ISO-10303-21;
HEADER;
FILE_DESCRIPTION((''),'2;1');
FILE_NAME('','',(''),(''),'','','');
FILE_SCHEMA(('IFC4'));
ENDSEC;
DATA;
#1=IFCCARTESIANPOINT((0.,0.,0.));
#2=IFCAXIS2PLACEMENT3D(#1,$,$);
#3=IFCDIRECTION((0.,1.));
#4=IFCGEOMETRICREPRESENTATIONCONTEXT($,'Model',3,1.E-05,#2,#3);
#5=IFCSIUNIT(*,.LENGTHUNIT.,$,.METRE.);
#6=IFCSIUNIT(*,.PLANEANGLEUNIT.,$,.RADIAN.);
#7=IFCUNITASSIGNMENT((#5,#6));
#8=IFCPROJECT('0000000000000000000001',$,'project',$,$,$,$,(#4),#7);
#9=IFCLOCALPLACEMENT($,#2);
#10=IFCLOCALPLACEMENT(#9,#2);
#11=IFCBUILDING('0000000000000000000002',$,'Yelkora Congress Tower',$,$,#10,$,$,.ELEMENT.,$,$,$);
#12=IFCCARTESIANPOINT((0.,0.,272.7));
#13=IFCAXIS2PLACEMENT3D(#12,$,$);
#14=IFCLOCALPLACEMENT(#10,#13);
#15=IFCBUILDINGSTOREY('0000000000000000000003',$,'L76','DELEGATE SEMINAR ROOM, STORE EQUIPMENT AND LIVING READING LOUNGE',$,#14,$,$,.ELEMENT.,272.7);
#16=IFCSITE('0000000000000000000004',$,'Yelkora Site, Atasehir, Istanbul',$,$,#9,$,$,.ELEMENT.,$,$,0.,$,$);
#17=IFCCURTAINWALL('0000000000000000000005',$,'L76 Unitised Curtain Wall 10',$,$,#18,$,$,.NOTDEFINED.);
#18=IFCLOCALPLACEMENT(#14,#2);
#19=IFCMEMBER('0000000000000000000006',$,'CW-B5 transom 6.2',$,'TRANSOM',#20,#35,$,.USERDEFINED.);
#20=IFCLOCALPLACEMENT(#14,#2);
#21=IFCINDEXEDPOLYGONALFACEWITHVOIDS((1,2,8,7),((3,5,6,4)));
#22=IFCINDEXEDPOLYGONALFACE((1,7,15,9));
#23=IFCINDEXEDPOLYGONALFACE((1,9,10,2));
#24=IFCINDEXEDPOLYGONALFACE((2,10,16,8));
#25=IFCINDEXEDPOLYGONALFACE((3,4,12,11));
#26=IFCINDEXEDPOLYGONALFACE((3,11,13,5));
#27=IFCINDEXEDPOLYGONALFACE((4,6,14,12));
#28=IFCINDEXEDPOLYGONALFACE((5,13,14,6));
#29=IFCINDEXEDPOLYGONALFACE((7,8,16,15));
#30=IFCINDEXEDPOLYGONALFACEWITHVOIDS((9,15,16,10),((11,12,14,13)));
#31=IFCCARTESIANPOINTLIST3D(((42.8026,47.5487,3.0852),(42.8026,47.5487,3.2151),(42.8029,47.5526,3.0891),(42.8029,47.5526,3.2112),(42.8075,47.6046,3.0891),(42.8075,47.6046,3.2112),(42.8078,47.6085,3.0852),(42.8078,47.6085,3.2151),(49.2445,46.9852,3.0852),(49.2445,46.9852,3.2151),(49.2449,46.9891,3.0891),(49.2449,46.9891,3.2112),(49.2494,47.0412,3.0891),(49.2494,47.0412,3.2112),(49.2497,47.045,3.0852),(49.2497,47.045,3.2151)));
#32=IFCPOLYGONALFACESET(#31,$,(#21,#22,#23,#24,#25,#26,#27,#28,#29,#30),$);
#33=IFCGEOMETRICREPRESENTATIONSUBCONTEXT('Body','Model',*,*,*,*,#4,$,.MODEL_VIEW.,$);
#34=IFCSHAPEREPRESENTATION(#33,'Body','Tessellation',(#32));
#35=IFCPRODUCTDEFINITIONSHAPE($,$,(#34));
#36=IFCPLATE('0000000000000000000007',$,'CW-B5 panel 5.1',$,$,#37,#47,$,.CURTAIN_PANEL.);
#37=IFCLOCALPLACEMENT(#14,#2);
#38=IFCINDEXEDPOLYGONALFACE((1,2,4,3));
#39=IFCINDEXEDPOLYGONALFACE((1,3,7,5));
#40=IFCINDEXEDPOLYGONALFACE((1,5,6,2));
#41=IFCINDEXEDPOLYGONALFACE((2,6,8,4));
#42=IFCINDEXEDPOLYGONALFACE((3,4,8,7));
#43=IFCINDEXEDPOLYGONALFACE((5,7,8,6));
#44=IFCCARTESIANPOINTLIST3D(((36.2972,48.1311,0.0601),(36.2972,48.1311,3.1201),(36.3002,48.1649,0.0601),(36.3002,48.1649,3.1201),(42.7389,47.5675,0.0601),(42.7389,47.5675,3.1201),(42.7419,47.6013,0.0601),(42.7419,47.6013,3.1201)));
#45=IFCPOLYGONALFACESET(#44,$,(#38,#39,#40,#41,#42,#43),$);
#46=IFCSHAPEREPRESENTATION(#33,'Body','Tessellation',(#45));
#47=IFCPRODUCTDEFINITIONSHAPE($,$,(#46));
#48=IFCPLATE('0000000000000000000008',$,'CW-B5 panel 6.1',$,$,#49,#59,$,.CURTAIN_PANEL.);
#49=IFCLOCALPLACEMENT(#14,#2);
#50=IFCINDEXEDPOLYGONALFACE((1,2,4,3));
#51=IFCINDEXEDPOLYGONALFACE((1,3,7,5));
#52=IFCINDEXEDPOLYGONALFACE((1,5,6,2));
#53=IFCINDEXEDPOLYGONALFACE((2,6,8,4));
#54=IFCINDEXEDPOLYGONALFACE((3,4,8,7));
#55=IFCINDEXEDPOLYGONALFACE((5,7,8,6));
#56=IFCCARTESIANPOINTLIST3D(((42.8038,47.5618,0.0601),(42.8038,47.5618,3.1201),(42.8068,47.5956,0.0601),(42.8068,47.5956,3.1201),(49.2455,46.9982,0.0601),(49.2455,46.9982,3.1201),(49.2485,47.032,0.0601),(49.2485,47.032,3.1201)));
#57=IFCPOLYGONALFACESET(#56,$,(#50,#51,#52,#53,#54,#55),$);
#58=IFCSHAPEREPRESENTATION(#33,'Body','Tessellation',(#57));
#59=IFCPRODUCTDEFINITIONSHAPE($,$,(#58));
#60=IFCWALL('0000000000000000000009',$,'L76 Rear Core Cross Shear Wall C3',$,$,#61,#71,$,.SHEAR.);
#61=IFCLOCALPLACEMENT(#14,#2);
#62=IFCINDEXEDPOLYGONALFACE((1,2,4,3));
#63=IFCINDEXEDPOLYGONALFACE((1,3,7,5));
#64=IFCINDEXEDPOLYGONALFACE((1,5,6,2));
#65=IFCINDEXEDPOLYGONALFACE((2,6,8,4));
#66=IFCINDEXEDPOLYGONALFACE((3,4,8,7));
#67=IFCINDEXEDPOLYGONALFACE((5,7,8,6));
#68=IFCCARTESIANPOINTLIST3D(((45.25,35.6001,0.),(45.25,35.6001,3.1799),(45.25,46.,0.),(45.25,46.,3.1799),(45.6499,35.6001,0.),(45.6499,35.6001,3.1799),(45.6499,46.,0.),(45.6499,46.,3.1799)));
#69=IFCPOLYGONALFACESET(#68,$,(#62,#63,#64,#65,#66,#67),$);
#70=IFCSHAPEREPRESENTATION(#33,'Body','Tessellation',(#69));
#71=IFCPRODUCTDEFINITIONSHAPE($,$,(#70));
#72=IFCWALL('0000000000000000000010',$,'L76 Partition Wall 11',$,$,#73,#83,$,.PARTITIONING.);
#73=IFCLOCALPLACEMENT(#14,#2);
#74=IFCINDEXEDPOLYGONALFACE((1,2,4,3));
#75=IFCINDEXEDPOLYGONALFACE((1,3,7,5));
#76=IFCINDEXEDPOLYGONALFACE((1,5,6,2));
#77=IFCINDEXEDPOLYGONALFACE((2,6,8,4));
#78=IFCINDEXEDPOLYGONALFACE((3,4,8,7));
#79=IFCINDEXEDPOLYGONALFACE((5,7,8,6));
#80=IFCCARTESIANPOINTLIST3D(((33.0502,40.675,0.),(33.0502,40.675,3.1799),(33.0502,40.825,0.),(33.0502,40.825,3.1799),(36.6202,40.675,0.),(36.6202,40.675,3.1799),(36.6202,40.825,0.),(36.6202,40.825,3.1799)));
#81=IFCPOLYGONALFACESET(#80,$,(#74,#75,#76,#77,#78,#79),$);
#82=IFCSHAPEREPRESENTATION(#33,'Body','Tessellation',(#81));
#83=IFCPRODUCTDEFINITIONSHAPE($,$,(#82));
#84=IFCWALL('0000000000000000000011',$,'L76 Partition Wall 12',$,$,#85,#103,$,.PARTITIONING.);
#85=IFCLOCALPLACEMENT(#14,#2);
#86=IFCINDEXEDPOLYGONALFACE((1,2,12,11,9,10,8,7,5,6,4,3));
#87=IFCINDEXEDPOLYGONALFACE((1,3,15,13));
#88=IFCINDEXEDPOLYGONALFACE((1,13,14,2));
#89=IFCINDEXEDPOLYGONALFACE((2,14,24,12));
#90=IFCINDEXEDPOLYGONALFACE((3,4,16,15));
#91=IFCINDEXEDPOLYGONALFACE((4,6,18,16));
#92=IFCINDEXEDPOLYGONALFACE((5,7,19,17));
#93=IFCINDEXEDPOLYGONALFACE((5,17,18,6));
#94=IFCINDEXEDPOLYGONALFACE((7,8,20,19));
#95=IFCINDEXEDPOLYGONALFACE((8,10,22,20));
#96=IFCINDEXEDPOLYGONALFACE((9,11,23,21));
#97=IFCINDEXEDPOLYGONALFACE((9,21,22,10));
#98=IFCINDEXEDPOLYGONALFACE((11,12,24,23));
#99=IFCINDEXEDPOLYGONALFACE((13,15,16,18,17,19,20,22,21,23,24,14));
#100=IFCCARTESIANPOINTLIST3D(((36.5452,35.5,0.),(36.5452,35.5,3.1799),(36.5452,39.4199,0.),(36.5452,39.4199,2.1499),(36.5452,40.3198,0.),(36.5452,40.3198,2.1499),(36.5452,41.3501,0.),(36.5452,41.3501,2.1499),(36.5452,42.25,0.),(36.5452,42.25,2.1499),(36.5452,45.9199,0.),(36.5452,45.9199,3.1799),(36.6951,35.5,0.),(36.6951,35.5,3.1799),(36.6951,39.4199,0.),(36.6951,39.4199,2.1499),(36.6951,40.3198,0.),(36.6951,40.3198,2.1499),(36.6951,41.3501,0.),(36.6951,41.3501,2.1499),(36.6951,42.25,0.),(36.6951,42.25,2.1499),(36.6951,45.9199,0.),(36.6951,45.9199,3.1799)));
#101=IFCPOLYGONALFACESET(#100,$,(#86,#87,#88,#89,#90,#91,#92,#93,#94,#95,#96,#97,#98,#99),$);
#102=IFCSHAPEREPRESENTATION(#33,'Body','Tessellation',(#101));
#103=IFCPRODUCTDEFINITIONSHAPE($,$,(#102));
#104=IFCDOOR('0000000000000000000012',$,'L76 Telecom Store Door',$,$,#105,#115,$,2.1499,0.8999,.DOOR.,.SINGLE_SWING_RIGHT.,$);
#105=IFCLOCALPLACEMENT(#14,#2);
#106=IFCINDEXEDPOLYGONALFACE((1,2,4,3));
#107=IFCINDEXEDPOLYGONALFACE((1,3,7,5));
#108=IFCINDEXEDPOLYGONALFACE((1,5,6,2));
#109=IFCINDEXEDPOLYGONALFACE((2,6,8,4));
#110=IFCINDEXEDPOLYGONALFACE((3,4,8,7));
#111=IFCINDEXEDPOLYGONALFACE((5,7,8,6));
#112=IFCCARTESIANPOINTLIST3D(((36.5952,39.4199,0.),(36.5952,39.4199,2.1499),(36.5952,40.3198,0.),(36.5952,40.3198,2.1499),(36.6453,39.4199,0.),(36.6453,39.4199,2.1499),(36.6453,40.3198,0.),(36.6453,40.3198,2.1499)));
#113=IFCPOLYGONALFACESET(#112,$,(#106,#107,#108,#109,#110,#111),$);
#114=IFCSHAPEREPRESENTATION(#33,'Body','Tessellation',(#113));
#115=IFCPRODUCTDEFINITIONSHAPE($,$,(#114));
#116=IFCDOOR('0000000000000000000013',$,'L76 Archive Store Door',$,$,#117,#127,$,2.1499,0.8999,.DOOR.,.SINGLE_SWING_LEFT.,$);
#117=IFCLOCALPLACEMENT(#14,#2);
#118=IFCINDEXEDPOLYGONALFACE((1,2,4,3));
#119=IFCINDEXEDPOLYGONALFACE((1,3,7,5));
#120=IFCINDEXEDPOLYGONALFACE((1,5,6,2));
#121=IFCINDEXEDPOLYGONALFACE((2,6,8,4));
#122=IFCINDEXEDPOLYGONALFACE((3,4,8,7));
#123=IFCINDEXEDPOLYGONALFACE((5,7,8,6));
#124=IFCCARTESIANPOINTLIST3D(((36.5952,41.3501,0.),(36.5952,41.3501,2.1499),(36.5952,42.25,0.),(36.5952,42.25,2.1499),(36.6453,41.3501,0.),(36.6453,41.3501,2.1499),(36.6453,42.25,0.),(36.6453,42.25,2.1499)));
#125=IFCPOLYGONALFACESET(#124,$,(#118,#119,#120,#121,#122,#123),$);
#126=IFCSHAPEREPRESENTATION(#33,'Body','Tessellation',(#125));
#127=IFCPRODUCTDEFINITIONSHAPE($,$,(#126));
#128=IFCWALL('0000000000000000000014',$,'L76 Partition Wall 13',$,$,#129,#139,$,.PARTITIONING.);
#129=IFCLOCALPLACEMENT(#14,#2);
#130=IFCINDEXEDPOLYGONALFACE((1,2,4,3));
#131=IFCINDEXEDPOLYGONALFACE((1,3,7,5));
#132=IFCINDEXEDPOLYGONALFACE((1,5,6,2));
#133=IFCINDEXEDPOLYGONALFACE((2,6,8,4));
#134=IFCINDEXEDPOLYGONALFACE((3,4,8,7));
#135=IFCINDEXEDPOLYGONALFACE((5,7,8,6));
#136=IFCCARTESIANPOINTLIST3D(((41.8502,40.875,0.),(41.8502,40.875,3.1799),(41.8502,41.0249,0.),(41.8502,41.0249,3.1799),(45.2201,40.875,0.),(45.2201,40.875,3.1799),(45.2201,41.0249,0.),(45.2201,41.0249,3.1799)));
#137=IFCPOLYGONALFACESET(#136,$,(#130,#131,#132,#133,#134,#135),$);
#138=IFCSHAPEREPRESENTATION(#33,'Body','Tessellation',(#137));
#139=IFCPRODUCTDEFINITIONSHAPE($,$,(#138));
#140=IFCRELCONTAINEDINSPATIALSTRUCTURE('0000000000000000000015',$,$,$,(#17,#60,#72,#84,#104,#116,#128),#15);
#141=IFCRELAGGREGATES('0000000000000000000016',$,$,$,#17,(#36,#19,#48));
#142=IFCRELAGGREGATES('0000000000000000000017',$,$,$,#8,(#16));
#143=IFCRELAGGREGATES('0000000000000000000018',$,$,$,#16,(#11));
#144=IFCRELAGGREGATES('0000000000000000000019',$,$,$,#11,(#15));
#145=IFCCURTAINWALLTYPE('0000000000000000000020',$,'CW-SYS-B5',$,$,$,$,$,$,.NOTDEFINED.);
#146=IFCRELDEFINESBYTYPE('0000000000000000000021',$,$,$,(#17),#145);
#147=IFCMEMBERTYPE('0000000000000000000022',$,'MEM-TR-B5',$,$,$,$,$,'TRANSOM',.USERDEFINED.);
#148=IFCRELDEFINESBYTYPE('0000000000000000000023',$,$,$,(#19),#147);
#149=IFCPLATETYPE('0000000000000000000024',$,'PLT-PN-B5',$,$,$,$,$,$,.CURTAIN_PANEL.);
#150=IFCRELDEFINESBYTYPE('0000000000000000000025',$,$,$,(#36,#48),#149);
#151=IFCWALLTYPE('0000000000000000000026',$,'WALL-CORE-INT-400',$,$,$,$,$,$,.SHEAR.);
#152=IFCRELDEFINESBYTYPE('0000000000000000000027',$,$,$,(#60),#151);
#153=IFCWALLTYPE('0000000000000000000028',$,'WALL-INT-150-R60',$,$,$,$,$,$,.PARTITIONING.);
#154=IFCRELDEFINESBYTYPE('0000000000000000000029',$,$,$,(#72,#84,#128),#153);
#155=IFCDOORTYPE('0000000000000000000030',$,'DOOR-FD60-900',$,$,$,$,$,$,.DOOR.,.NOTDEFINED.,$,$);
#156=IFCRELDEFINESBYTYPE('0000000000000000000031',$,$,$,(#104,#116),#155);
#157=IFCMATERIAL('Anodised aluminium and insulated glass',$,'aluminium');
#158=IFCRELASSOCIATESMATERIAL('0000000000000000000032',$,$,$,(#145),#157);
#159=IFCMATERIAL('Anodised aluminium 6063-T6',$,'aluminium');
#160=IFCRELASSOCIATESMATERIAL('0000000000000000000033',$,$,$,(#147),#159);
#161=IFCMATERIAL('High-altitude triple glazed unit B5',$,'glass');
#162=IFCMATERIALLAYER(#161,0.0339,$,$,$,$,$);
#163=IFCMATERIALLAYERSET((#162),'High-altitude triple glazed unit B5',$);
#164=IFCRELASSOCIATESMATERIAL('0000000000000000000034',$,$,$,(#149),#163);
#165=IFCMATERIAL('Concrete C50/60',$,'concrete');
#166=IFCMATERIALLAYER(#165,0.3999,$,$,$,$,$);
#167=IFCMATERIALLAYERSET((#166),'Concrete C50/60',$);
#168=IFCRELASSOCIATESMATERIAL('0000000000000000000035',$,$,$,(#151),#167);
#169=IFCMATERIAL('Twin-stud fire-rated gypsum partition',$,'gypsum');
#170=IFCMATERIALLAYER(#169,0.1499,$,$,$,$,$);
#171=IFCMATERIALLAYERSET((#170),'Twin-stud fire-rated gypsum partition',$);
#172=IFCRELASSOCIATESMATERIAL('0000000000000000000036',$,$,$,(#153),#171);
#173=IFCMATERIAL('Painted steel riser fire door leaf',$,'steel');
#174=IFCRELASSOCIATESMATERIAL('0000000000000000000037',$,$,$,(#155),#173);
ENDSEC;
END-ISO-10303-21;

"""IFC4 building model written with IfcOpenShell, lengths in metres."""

from ifc_helpers import new_model, si_unit, direction, frame, frame_2d, origin, origin_2d, place, context, subcontext, project, spatial, rectangle, hollow_rectangle, extrude, material, layer, layer_set, material_profile, profile_set, type_object, element, fill, aggregate, save


model = new_model("IFC4")

# Units and contexts
model_context = context("Model", 3, precision=1e-05, world=origin(), true_north=direction((0.0, 1.0)))
body_context = subcontext(model_context, "Body", "Model", "MODEL_VIEW")
ifc_project = project(units=[si_unit("LENGTHUNIT", "METRE"), si_unit("PLANEANGLEUNIT", "RADIAN")], contexts=[model_context])

# Site, building, storey
site_placement = place(None, origin())
site = spatial("IfcSite", under=ifc_project, at=site_placement, Name="Yelkora Site, Atasehir, Istanbul", CompositionType="ELEMENT", RefElevation=0.0)
building_placement = place(site_placement, origin())
building = spatial("IfcBuilding", under=site, at=building_placement, Name="Yelkora Congress Tower", CompositionType="ELEMENT")
storey_placement = place(building_placement, frame((0.0, 0.0, 272.7)))
storey = spatial("IfcBuildingStorey", under=building, at=storey_placement, Name="L76", Description="DELEGATE SEMINAR ROOM, STORE EQUIPMENT AND LIVING READING LOUNGE", CompositionType="ELEMENT", Elevation=272.7)

# Curtain wall, member, plates
ifc_material_1 = material(Name="Anodised aluminium and insulated glass", Category="aluminium")
curtain_wall_type = type_object("IfcCurtainWallType", Name="CW-SYS-B5", PredefinedType="NOTDEFINED", material=ifc_material_1)
curtain_wall_placement = place(storey_placement, origin())
curtain_wall = element("IfcCurtainWall", 1, at=curtain_wall_placement, inside=storey, type_object=curtain_wall_type, Name="L76 Unitised Curtain Wall 10", PredefinedType="NOTDEFINED")
ifc_material_2 = material(Name="Anodised aluminium 6063-T6", Category="aluminium")
ifc_material_profile_1 = material_profile(ifc_material_2, hollow_rectangle(XDim=0.0601, YDim=0.1299, WallThickness=0.0039, at=origin_2d()), Name="ALU 60x130x4")
ifc_profile_set_1 = profile_set([ifc_material_profile_1], Name="Anodised aluminium 6063-T6")
member_type_1 = type_object("IfcMemberType", Name="MEM-TR-B5", ElementType="TRANSOM", PredefinedType="USERDEFINED", material=ifc_profile_set_1)
member_1_placement = place(storey_placement, frame((42.8052, 47.5786, 3.1501), z_axis=(0.996196, -0.087138, 0.0), x_axis=(0.087138, 0.996196, 0.0)))
member_1 = element("IfcMember", 2, at=member_1_placement, type_object=member_type_1, Name="CW-B5 transom 6.2", ObjectType="TRANSOM", PredefinedType="USERDEFINED", context=body_context, shape_type="SweptSolid", body=[
    extrude(hollow_rectangle(XDim=0.0601, YDim=0.1299, WallThickness=0.0039, at=origin_2d()), origin(), (0.0, 0.0, 1.0), 6.4666),
])
ifc_material_3 = material(Name="High-altitude triple glazed unit B5", Category="glass")
ifc_layer_1 = layer(ifc_material_3, 0.0339)
ifc_layer_set_1 = layer_set([ifc_layer_1], Name="High-altitude triple glazed unit B5")
plate_type = type_object("IfcPlateType", Name="PLT-PN-B5", PredefinedType="CURTAIN_PANEL", material=ifc_layer_set_1)
plate_1_placement = place(storey_placement, frame((39.5195, 47.8662, 0.0601), z_axis=(0.0, 0.0, 1.0), x_axis=(0.996195, -0.087157, 0.0)))
plate_1 = element("IfcPlate", 3, at=plate_1_placement, type_object=plate_type, Name="CW-B5 panel 5.1", PredefinedType="CURTAIN_PANEL", context=body_context, shape_type="SweptSolid", body=[
    extrude(rectangle(XDim=6.4663, YDim=0.0339, at=origin_2d()), origin(), (0.0, 0.0, 1.0), 3.0601),
])
plate_2_placement = place(storey_placement, frame((46.0261, 47.2969, 0.0601), z_axis=(0.0, 0.0, 1.0), x_axis=(0.996195, -0.087157, 0.0)))
plate_2 = element("IfcPlate", 4, at=plate_2_placement, type_object=plate_type, Name="CW-B5 panel 6.1", PredefinedType="CURTAIN_PANEL", context=body_context, shape_type="SweptSolid", body=[
    extrude(rectangle(XDim=6.4663, YDim=0.0339, at=origin_2d()), origin(), (0.0, 0.0, 1.0), 3.0601),
])
aggregate(curtain_wall, [plate_1, member_1, plate_2])

# Walls
ifc_material_4 = material(Name="Concrete C50/60", Category="concrete")
ifc_layer_2 = layer(ifc_material_4, 0.3999)
ifc_layer_set_2 = layer_set([ifc_layer_2], Name="Concrete C50/60")
wall_type_1 = type_object("IfcWallType", Name="WALL-CORE-INT-400", PredefinedType="SHEAR", material=ifc_layer_set_2)
wall_1_placement = place(storey_placement, frame((45.45, 35.6001, 0.0), z_axis=(0.0, 0.0, 1.0), x_axis=(0.0, 1.0, 0.0)))
element("IfcWall", 5, at=wall_1_placement, inside=storey, type_object=wall_type_1, Name="L76 Rear Core Cross Shear Wall C3", PredefinedType="SHEAR", context=body_context, shape_type="SweptSolid", body=[
    extrude(rectangle(XDim=10.3999, YDim=0.3999, at=frame_2d((5.2, 0.0))), origin(), (0.0, 0.0, 1.0), 3.1799),
])
ifc_material_5 = material(Name="Twin-stud fire-rated gypsum partition", Category="gypsum")
ifc_layer_3 = layer(ifc_material_5, 0.1499)
ifc_layer_set_3 = layer_set([ifc_layer_3], Name="Twin-stud fire-rated gypsum partition")
wall_type_2 = type_object("IfcWallType", Name="WALL-INT-150-R60", PredefinedType="PARTITIONING", material=ifc_layer_set_3)
wall_2_placement = place(storey_placement, frame((33.05, 40.75, 0.0), z_axis=(0.0, 0.0, 1.0), x_axis=(1.0, 0.0, 0.0)))
element("IfcWall", 6, at=wall_2_placement, inside=storey, type_object=wall_type_2, Name="L76 Partition Wall 11", PredefinedType="PARTITIONING", context=body_context, shape_type="SweptSolid", body=[
    extrude(rectangle(XDim=3.5701, YDim=0.1499, at=frame_2d((1.7852, 0.0))), origin(), (0.0, 0.0, 1.0), 3.1799),
])

# Wall, openings, doors
wall_3_placement = place(storey_placement, frame((36.6201, 35.5, 0.0), z_axis=(0.0, 0.0, 1.0), x_axis=(0.0, 1.0, 0.0)))
wall_3 = element("IfcWall", 7, at=wall_3_placement, inside=storey, type_object=wall_type_2, Name="L76 Partition Wall 12", PredefinedType="PARTITIONING", context=body_context, shape_type="SweptSolid", body=[
    extrude(rectangle(XDim=10.4199, YDim=0.1499, at=frame_2d((5.21, 0.0))), origin(), (0.0, 0.0, 1.0), 3.1799),
])
opening_1_placement = place(wall_3_placement, frame((3.9199, 0.0, 0.0)))
opening_1 = element("IfcOpeningElement", 8, at=opening_1_placement, cuts=wall_3, PredefinedType="OPENING", context=body_context, shape_type="SweptSolid", body=[
    extrude(rectangle(XDim=0.8999, YDim=2.1499, at=frame_2d((0.45, 1.075))), frame((0.0, 0.085, 0.0), z_axis=(0.0, -1.0, 0.0), x_axis=(1.0, 0.0, 0.0)), (0.0, 0.0, 1.0), 0.1699),
])
opening_2_placement = place(wall_3_placement, frame((5.8501, 0.0, 0.0)))
opening_2 = element("IfcOpeningElement", 9, at=opening_2_placement, cuts=wall_3, PredefinedType="OPENING", context=body_context, shape_type="SweptSolid", body=[
    extrude(rectangle(XDim=0.8999, YDim=2.1499, at=frame_2d((0.45, 1.075))), frame((0.0, 0.085, 0.0), z_axis=(0.0, -1.0, 0.0), x_axis=(1.0, 0.0, 0.0)), (0.0, 0.0, 1.0), 0.1699),
])
ifc_material_6 = material(Name="Painted steel riser fire door leaf", Category="steel")
door_type_1 = type_object("IfcDoorType", Name="DOOR-FD60-900", OperationType="NOTDEFINED", PredefinedType="DOOR", material=ifc_material_6)
door_1_placement = place(opening_1_placement, origin())
door_1 = element("IfcDoor", 10, at=door_1_placement, inside=storey, type_object=door_type_1, Name="L76 Telecom Store Door", OperationType="SINGLE_SWING_RIGHT", OverallHeight=2.1499, OverallWidth=0.8999, PredefinedType="DOOR", context=body_context, shape_type="SweptSolid", body=[
    extrude(rectangle(XDim=0.8999, YDim=2.1499, at=frame_2d((0.45, 1.075))), frame((0.0, 0.0249, 0.0), z_axis=(0.0, -1.0, 0.0), x_axis=(1.0, 0.0, 0.0)), (0.0, 0.0, 1.0), 0.05),
])
fill(opening_1, door_1)
door_2_placement = place(opening_2_placement, origin())
door_2 = element("IfcDoor", 11, at=door_2_placement, inside=storey, type_object=door_type_1, Name="L76 Archive Store Door", OperationType="SINGLE_SWING_LEFT", OverallHeight=2.1499, OverallWidth=0.8999, PredefinedType="DOOR", context=body_context, shape_type="SweptSolid", body=[
    extrude(rectangle(XDim=0.8999, YDim=2.1499, at=frame_2d((0.45, 1.075))), frame((0.0, 0.0249, 0.0), z_axis=(0.0, -1.0, 0.0), x_axis=(1.0, 0.0, 0.0)), (0.0, 0.0, 1.0), 0.05),
])
fill(opening_2, door_2)

# Wall
wall_4_placement = place(storey_placement, frame((41.8501, 40.95, 0.0), z_axis=(0.0, 0.0, 1.0), x_axis=(1.0, 0.0, 0.0)))
element("IfcWall", 12, at=wall_4_placement, inside=storey, type_object=wall_type_2, Name="L76 Partition Wall 13", PredefinedType="PARTITIONING", context=body_context, shape_type="SweptSolid", body=[
    extrude(rectangle(XDim=3.3699, YDim=0.1499, at=frame_2d((1.6851, 0.0))), origin(), (0.0, 0.0, 1.0), 3.1799),
])

save(model, "model.ifc")
